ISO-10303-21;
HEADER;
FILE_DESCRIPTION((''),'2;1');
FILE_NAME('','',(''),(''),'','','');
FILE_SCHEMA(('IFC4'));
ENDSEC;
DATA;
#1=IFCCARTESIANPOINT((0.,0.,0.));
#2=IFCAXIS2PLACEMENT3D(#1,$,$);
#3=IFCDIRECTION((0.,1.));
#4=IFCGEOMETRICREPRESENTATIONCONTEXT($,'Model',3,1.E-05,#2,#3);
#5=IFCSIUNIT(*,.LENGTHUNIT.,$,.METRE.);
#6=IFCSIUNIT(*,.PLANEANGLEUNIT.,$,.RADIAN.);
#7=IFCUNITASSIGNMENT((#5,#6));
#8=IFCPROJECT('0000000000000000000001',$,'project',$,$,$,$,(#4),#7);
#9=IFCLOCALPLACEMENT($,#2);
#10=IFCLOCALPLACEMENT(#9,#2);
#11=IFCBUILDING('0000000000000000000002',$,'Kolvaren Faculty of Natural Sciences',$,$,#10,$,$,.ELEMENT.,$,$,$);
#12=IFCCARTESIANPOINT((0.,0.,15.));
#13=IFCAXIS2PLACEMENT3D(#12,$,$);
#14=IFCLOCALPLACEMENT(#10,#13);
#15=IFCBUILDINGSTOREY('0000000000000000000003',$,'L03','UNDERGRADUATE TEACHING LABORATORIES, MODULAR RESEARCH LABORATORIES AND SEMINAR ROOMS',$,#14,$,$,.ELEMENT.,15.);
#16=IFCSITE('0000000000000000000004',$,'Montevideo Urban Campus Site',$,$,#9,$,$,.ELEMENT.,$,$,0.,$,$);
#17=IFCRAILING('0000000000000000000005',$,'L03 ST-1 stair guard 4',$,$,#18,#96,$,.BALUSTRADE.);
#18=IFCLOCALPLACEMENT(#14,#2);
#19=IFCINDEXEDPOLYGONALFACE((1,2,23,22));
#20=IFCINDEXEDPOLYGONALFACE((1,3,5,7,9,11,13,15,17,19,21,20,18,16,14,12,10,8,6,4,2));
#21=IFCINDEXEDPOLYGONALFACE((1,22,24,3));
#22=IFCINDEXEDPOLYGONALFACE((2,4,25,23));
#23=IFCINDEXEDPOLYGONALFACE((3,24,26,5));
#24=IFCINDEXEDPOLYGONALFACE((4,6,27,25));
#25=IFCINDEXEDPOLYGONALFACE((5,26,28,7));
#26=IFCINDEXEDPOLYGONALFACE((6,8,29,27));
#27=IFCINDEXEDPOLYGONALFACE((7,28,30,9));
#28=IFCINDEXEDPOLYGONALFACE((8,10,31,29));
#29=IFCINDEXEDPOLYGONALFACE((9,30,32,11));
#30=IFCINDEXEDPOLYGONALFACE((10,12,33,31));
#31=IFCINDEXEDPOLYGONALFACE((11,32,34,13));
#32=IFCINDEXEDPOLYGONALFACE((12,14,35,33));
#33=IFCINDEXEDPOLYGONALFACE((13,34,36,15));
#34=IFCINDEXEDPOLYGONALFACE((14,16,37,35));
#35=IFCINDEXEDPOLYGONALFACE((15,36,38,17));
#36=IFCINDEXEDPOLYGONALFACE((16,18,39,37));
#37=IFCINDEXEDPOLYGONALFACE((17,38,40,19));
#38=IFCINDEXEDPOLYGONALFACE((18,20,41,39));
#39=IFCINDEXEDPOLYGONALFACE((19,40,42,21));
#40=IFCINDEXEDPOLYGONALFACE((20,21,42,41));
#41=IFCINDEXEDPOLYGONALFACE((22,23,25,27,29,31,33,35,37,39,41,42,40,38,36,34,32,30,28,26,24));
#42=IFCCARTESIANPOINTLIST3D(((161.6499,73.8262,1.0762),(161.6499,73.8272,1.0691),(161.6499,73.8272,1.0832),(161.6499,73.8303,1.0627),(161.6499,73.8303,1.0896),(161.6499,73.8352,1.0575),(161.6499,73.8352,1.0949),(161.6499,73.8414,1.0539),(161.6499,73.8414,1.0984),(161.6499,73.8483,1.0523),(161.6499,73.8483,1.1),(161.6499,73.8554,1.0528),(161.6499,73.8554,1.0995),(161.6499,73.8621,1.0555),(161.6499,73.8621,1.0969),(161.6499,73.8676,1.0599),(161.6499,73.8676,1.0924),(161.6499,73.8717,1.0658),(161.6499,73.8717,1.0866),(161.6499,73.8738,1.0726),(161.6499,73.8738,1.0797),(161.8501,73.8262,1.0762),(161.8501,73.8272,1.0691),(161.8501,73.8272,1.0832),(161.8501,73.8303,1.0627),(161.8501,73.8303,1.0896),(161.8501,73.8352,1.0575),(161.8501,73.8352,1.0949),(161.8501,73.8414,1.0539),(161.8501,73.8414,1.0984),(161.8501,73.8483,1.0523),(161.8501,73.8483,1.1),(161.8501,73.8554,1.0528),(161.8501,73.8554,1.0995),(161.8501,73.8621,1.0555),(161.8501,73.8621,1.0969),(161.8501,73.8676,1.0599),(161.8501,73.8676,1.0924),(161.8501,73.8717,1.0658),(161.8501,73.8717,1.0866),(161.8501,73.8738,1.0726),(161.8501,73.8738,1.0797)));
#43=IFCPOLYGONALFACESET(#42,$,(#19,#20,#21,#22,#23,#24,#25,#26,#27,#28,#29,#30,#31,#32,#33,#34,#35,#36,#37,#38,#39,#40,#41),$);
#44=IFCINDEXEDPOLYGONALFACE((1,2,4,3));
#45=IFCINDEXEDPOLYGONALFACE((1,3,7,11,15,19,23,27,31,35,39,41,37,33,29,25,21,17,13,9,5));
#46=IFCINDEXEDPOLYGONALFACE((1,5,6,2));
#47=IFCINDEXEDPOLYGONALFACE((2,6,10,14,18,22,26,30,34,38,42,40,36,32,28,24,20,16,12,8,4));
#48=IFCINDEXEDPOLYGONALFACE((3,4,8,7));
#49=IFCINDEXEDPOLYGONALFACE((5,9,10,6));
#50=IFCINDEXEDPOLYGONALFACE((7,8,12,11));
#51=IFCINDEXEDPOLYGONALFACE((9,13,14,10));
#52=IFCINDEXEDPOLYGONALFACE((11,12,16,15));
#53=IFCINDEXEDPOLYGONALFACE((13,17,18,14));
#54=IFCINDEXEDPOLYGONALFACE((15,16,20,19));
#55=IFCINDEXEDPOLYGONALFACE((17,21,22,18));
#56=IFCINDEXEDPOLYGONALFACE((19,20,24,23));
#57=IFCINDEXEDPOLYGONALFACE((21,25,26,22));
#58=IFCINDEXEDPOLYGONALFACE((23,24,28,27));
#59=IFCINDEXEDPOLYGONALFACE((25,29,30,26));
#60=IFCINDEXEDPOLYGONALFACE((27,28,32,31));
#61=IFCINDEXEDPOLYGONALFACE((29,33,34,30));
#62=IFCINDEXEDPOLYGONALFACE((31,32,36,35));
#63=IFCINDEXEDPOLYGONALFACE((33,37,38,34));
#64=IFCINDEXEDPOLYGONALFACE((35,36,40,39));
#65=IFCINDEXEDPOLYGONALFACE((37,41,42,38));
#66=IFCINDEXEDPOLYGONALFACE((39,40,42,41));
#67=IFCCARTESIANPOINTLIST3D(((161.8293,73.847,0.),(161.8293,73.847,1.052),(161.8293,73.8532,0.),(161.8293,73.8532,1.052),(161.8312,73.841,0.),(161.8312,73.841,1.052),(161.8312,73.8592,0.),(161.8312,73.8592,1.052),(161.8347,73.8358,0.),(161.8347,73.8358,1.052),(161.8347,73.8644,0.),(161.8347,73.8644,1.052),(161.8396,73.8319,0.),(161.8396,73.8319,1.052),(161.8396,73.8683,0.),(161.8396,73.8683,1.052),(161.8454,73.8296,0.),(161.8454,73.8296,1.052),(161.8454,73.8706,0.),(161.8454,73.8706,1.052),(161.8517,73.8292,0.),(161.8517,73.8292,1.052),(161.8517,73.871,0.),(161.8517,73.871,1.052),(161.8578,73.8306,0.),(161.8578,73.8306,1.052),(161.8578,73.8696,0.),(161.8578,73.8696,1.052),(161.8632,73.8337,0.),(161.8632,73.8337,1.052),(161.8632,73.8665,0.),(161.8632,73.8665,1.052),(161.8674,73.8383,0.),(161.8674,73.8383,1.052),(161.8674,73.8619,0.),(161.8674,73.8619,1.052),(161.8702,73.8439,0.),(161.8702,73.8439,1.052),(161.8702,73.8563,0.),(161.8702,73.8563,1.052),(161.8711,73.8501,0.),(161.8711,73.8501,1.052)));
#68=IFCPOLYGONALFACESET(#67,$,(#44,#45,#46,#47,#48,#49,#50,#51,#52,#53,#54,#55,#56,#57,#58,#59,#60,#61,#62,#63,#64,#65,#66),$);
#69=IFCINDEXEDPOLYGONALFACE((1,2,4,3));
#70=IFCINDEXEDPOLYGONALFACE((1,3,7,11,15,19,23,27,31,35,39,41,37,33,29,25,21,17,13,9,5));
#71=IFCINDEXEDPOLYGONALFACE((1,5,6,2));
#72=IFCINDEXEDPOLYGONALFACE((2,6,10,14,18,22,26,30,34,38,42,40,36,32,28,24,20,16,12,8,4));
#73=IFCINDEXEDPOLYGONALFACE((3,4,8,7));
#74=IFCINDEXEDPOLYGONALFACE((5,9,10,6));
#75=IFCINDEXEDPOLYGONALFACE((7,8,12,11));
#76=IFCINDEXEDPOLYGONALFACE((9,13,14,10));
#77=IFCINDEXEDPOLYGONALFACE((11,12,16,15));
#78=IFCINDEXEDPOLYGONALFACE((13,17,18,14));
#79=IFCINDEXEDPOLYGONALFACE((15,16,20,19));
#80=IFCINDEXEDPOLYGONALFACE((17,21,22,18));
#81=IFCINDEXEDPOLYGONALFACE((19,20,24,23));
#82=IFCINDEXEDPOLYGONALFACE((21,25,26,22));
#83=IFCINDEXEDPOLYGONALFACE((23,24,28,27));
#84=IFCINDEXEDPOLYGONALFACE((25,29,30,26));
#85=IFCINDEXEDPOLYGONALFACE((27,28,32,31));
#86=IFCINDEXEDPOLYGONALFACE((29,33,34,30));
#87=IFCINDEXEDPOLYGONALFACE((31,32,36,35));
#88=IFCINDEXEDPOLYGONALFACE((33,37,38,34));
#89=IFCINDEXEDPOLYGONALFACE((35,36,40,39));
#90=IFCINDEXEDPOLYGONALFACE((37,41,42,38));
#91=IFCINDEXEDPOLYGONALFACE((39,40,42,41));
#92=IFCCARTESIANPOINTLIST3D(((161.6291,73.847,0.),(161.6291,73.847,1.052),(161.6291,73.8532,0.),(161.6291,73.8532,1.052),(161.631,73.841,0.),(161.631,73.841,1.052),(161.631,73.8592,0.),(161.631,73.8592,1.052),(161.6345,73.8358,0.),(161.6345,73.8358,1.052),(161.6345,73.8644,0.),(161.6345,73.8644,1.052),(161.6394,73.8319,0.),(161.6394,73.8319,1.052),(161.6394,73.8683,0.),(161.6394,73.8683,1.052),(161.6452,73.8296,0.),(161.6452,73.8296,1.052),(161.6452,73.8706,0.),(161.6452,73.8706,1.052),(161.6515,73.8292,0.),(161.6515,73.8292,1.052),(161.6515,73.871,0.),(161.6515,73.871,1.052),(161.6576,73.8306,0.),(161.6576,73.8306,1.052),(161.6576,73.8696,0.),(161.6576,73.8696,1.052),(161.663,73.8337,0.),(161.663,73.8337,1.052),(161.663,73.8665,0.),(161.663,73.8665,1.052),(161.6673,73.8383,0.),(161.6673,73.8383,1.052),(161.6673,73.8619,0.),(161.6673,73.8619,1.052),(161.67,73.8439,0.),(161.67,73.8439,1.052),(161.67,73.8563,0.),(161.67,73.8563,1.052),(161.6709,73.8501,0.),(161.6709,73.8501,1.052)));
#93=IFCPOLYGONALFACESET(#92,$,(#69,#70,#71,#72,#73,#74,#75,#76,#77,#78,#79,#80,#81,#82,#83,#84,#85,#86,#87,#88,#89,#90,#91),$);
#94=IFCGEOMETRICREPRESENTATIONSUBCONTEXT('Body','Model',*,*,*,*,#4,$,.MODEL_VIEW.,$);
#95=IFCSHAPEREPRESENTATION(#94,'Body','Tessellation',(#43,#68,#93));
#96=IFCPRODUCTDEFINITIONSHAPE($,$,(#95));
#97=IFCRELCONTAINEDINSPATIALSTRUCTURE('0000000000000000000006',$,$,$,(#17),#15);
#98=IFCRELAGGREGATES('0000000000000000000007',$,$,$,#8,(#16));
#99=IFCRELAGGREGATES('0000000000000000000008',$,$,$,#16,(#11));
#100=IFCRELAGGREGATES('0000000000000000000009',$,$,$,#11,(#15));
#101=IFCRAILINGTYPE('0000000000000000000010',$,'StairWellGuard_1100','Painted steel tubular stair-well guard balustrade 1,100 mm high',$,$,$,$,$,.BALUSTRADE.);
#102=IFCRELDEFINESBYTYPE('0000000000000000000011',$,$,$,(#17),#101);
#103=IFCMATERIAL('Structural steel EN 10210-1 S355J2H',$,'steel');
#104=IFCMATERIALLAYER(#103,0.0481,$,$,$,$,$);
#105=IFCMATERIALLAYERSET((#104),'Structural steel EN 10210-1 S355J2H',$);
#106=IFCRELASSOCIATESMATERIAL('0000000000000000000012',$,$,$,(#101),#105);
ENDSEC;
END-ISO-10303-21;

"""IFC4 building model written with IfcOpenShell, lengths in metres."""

from ifc_helpers import new_model, si_unit, direction, frame, origin, origin_2d, place, context, subcontext, project, spatial, circle, extrude, material, layer, layer_set, type_object, element, save


model = new_model("IFC4")

# Units and contexts
model_context = context("Model", 3, precision=1e-05, world=origin(), true_north=direction((0.0, 1.0)))
body_context = subcontext(model_context, "Body", "Model", "MODEL_VIEW")
ifc_project = project(units=[si_unit("LENGTHUNIT", "METRE"), si_unit("PLANEANGLEUNIT", "RADIAN")], contexts=[model_context])

# Site, building, storey
site_placement = place(None, origin())
site = spatial("IfcSite", under=ifc_project, at=site_placement, Name="Montevideo Urban Campus Site", CompositionType="ELEMENT", RefElevation=0.0)
building_placement = place(site_placement, origin())
building = spatial("IfcBuilding", under=site, at=building_placement, Name="Kolvaren Faculty of Natural Sciences", CompositionType="ELEMENT")
storey_placement = place(building_placement, frame((0.0, 0.0, 15.0)))
storey = spatial("IfcBuildingStorey", under=building, at=storey_placement, Name="L03", Description="UNDERGRADUATE TEACHING LABORATORIES, MODULAR RESEARCH LABORATORIES AND SEMINAR ROOMS", CompositionType="ELEMENT", Elevation=15.0)

# Railing
ifc_material_1 = material(Name="Structural steel EN 10210-1 S355J2H", Category="steel")
ifc_layer_1 = layer(ifc_material_1, 0.0481)
ifc_layer_set_1 = layer_set([ifc_layer_1], Name="Structural steel EN 10210-1 S355J2H")
railing_type_1 = type_object("IfcRailingType", Name="StairWellGuard_1100", Description="Painted steel tubular stair-well guard balustrade 1,100 mm high", PredefinedType="BALUSTRADE", material=ifc_layer_set_1)
railing_1_placement = place(storey_placement, frame((161.8501, 73.8501, 0.0)))
element("IfcRailing", 1, at=railing_1_placement, inside=storey, type_object=railing_type_1, Name="L03 ST-1 stair guard 4", PredefinedType="BALUSTRADE", context=body_context, shape_type="SweptSolid", body=[
    extrude(circle(Radius=0.0239, at=origin_2d()), frame((0.0, 0.0, 1.0762), z_axis=(-1.0, 0.0, 0.0), x_axis=(0.0, -1.0, 0.0)), (0.0, 0.0, 1.0), 0.2002),
    extrude(circle(Radius=0.021, at=origin_2d()), origin(), (0.0, 0.0, 1.0), 1.052),
    extrude(circle(Radius=0.021, at=origin_2d()), frame((-0.2002, 0.0, 0.0)), (0.0, 0.0, 1.0), 1.052),
])

save(model, "model.ifc")
